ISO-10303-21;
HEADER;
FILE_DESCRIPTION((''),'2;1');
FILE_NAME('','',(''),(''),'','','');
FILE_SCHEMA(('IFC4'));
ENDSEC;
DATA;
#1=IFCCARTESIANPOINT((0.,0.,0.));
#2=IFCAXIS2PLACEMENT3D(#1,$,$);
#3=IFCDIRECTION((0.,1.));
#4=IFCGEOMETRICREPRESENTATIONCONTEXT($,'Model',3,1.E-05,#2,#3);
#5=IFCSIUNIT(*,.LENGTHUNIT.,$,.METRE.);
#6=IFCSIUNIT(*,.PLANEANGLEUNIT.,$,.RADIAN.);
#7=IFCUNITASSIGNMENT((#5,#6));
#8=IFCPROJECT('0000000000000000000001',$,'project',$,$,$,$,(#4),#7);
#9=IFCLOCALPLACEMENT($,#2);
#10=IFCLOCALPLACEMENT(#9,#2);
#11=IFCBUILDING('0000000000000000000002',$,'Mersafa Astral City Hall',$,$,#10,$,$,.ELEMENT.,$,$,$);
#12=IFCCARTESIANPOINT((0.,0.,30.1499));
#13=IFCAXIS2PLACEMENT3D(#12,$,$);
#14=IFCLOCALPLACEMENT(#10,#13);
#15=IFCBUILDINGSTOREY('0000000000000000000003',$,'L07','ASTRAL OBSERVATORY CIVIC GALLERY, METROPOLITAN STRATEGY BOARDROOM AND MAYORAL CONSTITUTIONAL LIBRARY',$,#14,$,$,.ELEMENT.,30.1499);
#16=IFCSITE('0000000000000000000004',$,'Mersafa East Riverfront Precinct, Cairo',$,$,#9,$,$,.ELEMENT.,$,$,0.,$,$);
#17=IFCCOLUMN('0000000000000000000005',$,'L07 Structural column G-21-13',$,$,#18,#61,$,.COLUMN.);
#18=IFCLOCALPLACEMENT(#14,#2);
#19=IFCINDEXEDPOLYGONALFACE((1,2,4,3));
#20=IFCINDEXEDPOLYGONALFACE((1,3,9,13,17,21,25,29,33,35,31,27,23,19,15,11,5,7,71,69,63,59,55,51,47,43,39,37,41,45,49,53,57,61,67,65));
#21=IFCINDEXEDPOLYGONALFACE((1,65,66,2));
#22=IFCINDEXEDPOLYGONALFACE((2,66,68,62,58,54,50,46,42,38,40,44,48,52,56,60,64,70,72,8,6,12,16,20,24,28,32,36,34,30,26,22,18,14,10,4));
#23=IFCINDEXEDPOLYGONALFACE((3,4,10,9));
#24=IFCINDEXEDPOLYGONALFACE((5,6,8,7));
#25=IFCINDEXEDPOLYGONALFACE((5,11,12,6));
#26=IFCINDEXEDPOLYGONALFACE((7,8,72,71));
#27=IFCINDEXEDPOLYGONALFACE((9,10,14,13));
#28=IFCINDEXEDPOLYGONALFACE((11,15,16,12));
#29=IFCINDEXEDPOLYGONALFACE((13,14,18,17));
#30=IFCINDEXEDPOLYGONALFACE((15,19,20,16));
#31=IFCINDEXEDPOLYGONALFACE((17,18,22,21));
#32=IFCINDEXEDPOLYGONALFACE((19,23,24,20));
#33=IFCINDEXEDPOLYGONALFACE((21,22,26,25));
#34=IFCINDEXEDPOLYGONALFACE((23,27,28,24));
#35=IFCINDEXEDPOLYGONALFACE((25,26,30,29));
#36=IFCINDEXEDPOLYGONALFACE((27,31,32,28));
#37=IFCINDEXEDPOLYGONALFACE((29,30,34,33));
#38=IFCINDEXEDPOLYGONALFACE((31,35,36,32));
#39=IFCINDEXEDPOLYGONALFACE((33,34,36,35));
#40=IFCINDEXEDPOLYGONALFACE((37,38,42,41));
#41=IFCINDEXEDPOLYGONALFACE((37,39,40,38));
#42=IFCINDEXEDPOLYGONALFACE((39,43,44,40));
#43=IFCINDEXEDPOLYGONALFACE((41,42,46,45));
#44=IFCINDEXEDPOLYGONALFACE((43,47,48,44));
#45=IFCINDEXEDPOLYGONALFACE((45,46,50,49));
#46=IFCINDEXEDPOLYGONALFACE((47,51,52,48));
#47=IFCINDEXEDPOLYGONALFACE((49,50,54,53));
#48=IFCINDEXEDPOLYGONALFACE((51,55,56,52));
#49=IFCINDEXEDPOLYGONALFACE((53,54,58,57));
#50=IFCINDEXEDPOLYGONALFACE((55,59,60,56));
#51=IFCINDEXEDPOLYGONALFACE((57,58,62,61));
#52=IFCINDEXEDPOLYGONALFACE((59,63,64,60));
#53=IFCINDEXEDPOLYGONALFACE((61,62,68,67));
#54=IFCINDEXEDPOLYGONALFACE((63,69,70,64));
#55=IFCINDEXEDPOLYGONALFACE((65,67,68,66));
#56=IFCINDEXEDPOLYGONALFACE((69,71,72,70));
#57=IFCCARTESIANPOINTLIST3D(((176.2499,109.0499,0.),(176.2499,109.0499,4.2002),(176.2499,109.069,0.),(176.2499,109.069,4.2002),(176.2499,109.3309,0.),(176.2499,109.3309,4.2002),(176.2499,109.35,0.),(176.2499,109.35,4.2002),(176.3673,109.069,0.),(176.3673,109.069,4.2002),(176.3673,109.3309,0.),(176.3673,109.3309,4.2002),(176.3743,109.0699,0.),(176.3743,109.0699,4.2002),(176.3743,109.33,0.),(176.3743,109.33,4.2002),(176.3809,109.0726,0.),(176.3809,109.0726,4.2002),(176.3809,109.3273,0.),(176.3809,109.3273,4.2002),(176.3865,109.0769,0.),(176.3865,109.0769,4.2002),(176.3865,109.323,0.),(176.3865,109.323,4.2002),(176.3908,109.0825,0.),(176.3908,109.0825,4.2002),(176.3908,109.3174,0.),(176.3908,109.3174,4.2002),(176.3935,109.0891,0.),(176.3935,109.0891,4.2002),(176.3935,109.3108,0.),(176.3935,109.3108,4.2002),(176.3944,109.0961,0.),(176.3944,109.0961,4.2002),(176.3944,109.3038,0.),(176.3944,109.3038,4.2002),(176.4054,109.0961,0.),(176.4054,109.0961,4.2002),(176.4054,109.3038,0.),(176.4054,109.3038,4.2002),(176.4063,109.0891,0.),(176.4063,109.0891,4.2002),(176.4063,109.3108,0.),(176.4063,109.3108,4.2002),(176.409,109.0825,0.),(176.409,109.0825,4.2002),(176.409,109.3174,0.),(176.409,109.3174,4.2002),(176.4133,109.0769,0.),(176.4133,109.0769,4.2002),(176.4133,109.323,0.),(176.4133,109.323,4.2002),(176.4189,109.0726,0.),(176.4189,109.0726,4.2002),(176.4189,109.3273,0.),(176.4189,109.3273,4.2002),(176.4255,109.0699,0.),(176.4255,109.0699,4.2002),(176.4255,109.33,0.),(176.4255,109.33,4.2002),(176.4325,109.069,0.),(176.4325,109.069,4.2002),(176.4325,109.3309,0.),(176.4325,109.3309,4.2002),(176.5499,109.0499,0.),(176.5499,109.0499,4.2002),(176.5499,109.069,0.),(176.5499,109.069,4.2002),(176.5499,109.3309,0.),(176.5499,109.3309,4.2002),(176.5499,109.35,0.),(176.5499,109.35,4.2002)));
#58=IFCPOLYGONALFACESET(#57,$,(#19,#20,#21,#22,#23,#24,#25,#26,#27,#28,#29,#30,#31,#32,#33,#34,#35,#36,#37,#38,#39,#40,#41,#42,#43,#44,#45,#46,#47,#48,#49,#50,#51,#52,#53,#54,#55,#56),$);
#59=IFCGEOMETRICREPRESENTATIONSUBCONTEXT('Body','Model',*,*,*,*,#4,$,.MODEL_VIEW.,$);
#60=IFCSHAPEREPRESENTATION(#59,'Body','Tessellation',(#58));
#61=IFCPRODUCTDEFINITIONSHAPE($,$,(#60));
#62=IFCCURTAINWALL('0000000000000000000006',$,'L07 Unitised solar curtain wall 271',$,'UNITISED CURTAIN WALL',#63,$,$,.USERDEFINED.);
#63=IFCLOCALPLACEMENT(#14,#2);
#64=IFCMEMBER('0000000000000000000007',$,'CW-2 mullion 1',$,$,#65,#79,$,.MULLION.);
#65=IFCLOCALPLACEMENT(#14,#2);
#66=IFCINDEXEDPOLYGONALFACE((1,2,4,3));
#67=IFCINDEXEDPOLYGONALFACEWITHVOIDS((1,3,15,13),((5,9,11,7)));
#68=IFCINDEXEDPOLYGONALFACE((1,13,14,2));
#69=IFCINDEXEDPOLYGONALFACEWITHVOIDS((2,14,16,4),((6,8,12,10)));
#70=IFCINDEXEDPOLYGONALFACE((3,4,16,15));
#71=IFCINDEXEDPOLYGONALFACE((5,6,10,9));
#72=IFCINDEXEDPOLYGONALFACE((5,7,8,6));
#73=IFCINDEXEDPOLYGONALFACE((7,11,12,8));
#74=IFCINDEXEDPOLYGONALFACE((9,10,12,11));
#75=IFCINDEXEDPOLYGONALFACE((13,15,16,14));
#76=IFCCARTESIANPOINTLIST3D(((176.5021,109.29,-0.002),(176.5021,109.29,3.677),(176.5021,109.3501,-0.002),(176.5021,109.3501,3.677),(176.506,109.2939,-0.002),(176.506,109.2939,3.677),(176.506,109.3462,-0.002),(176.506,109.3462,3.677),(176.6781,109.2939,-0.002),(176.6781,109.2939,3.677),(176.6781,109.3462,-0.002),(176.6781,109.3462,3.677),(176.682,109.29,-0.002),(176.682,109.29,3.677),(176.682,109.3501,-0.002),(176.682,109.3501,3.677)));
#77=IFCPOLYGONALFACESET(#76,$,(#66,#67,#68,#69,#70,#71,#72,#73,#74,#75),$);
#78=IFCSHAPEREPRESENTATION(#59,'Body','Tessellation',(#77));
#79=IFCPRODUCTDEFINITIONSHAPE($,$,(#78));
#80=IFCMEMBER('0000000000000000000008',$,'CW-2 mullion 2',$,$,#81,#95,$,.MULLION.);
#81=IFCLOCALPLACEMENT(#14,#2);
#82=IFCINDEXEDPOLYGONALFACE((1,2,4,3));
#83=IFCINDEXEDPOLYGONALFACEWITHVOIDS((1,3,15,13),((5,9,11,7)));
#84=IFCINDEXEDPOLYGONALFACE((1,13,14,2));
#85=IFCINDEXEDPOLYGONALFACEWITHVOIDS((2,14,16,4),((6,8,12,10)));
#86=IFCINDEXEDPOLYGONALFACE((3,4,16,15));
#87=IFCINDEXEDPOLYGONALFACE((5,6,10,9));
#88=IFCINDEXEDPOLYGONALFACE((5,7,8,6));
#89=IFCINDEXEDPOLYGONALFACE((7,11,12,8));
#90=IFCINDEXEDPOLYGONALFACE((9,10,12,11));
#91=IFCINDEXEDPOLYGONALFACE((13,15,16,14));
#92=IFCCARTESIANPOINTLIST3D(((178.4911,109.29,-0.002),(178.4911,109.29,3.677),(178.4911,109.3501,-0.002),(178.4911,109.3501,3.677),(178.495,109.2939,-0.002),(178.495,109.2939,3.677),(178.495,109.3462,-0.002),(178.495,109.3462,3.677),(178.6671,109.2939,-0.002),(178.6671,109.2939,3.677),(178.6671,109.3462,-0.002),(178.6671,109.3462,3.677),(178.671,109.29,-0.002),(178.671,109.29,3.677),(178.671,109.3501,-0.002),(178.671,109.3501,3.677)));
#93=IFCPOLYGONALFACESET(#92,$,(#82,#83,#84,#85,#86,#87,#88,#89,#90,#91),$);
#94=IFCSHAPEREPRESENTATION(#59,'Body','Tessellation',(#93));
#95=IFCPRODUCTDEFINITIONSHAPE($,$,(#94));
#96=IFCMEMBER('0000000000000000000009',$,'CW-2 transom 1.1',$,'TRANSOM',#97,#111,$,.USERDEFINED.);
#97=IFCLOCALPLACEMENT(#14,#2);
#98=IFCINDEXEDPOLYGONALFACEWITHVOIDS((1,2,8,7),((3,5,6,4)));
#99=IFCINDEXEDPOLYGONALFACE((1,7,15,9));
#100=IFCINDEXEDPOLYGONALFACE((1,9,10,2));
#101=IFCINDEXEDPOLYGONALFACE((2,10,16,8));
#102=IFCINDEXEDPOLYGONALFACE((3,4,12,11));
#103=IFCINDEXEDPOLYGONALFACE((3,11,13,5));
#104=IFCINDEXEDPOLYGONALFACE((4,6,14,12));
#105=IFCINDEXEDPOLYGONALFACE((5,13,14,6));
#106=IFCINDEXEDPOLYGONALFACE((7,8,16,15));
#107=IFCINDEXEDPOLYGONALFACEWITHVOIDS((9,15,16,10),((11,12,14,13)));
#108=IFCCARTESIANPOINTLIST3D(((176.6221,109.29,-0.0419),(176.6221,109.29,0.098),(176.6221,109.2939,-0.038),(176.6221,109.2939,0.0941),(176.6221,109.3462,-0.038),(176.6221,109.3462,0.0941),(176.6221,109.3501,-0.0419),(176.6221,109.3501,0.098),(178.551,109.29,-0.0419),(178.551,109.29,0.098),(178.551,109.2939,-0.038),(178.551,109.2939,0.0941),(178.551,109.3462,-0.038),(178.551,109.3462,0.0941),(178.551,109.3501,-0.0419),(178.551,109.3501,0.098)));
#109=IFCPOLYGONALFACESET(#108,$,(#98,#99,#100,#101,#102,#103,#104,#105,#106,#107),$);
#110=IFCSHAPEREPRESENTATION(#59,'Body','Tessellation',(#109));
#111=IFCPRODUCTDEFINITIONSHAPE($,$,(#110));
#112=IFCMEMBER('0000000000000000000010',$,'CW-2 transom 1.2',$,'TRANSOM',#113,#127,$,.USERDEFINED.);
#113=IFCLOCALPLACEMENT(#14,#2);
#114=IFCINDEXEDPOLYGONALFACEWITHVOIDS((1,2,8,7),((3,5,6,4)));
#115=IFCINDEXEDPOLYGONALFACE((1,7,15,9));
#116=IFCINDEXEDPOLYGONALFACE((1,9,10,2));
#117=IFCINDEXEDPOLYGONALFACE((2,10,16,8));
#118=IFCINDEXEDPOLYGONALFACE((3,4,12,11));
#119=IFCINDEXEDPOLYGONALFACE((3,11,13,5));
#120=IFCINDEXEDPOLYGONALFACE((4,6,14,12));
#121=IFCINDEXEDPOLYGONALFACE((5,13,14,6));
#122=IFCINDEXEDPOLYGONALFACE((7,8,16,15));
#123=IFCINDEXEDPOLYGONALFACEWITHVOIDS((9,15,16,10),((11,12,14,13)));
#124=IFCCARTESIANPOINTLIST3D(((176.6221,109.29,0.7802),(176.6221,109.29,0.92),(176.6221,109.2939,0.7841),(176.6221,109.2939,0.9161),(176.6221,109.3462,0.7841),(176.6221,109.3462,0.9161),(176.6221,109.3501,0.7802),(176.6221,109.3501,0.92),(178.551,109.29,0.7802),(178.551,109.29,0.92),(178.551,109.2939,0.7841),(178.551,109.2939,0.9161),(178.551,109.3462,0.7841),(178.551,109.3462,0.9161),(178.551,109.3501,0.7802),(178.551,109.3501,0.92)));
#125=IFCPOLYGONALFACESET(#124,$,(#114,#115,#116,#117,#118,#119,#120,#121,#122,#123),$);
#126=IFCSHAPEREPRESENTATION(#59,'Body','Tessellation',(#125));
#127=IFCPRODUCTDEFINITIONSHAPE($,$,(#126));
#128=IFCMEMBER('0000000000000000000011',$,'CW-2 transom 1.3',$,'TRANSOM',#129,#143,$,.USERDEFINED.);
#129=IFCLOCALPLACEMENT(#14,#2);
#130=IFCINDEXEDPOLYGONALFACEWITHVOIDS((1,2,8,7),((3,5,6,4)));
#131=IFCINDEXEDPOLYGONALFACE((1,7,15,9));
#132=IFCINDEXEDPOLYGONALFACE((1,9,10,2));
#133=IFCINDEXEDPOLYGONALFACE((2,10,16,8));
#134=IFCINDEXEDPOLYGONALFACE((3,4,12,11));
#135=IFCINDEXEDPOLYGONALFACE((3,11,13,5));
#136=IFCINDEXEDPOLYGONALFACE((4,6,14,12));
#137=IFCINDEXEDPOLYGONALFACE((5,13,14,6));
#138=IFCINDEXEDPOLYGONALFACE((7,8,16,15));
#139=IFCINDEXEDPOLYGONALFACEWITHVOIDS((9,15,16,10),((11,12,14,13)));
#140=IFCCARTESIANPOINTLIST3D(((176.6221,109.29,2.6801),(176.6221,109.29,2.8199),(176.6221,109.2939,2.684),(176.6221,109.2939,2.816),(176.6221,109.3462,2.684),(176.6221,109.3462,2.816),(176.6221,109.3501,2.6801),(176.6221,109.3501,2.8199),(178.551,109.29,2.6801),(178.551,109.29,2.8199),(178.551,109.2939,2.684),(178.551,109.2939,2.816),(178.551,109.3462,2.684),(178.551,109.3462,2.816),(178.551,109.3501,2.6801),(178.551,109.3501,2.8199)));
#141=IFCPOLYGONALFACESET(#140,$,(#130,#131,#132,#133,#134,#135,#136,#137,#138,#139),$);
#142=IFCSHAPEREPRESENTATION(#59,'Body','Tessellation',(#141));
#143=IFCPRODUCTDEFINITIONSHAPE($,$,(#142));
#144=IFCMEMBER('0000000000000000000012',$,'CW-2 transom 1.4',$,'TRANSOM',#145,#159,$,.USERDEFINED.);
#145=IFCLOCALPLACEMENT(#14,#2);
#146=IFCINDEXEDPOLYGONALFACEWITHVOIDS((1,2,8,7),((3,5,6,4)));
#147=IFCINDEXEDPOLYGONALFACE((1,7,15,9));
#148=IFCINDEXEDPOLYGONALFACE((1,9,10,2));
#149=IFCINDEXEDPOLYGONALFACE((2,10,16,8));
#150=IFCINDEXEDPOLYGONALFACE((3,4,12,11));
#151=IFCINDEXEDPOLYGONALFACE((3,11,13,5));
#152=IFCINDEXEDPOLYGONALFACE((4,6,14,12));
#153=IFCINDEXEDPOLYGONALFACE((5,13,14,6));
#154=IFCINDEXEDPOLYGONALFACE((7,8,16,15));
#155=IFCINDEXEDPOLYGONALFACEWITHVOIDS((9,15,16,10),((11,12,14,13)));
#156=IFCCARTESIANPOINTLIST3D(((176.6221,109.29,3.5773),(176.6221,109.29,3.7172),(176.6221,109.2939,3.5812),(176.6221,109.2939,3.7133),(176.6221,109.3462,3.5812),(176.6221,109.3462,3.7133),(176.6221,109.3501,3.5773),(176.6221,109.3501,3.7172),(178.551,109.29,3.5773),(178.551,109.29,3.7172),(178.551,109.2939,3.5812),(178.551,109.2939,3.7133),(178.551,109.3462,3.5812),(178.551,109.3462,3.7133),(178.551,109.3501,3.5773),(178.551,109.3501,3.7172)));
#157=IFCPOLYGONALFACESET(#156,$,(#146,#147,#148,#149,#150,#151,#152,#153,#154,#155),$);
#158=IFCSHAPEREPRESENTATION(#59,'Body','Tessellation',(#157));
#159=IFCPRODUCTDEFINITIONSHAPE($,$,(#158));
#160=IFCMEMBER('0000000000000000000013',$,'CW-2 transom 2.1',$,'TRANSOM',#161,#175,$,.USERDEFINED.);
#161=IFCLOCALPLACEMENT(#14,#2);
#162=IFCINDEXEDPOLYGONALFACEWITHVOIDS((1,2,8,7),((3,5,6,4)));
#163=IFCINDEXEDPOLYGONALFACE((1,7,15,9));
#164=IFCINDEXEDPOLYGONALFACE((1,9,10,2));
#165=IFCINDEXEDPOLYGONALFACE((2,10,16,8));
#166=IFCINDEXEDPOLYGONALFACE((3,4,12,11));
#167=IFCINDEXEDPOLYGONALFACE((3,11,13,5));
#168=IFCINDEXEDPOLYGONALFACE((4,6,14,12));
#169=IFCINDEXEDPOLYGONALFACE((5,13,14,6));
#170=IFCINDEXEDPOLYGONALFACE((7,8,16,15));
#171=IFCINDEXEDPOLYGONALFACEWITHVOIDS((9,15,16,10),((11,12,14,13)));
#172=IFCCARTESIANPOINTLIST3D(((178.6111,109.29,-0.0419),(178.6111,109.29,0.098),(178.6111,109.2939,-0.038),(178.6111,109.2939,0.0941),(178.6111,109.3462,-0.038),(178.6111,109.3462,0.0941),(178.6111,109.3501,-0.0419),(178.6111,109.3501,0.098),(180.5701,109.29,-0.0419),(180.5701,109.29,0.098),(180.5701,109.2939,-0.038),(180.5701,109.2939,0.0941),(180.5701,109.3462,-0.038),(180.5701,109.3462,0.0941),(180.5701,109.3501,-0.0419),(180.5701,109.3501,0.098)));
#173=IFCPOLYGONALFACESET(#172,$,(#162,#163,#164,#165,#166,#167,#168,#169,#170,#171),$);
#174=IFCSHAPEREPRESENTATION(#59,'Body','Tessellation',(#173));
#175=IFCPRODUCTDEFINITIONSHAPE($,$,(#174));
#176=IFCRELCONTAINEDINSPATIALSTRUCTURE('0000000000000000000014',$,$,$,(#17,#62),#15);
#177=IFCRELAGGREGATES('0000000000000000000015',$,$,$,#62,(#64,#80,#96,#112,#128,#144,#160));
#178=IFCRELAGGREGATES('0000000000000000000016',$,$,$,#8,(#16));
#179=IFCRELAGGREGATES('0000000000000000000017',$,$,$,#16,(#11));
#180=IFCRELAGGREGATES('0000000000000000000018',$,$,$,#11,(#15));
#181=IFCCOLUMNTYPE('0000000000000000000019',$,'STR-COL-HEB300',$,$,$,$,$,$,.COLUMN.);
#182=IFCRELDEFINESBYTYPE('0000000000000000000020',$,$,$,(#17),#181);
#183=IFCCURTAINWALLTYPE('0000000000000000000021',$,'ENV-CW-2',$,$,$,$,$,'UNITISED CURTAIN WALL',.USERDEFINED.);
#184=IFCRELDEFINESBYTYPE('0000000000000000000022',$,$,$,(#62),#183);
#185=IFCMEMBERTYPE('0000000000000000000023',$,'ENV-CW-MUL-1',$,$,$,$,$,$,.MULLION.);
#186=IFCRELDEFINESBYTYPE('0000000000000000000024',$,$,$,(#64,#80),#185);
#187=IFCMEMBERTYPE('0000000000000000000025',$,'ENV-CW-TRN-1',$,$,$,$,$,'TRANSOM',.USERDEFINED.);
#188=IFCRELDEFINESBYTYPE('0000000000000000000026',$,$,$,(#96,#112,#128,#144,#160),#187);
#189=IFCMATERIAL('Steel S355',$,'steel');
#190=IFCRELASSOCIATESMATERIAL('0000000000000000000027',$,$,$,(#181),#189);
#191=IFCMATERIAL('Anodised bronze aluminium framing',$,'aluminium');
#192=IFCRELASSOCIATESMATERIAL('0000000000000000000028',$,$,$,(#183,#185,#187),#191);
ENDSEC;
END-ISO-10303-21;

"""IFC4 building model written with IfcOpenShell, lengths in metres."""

from ifc_helpers import new_model, si_unit, direction, frame, origin, origin_2d, place, context, subcontext, project, spatial, hollow_rectangle, i_section, extrude, material, material_profile, profile_set, type_object, element, aggregate, save


model = new_model("IFC4")

# Units and contexts
model_context = context("Model", 3, precision=1e-05, world=origin(), true_north=direction((0.0, 1.0)))
body_context = subcontext(model_context, "Body", "Model", "MODEL_VIEW")
ifc_project = project(units=[si_unit("LENGTHUNIT", "METRE"), si_unit("PLANEANGLEUNIT", "RADIAN")], contexts=[model_context])

# Site, building, storey
site_placement = place(None, origin())
site = spatial("IfcSite", under=ifc_project, at=site_placement, Name="Mersafa East Riverfront Precinct, Cairo", CompositionType="ELEMENT", RefElevation=0.0)
building_placement = place(site_placement, origin())
building = spatial("IfcBuilding", under=site, at=building_placement, Name="Mersafa Astral City Hall", CompositionType="ELEMENT")
storey_placement = place(building_placement, frame((0.0, 0.0, 30.1499)))
storey = spatial("IfcBuildingStorey", under=building, at=storey_placement, Name="L07", Description="ASTRAL OBSERVATORY CIVIC GALLERY, METROPOLITAN STRATEGY BOARDROOM AND MAYORAL CONSTITUTIONAL LIBRARY", CompositionType="ELEMENT", Elevation=30.1499)

# Column
ifc_material_1 = material(Name="Steel S355", Category="steel")
ifc_material_profile_1 = material_profile(ifc_material_1, i_section(OverallWidth=0.3, OverallDepth=0.3, WebThickness=0.011, FlangeThickness=0.019, FilletRadius=0.0271, at=origin_2d()), Name="HEB 300")
ifc_profile_set_1 = profile_set([ifc_material_profile_1], Name="Steel S355")
column_type = type_object("IfcColumnType", Name="STR-COL-HEB300", PredefinedType="COLUMN", material=ifc_profile_set_1)
column_placement = place(storey_placement, frame((176.3999, 109.2, 0.0), z_axis=(0.0, 0.0, 1.0), x_axis=(1.0, 0.0, 0.0)))
element("IfcColumn", 1, at=column_placement, inside=storey, type_object=column_type, Name="L07 Structural column G-21-13", PredefinedType="COLUMN", context=body_context, shape_type="SweptSolid", body=[
    extrude(i_section(OverallWidth=0.3, OverallDepth=0.3, WebThickness=0.011, FlangeThickness=0.019, FilletRadius=0.0271, at=origin_2d()), origin(), (0.0, 0.0, 1.0), 4.2002),
])

# Curtain wall, members
ifc_material_2 = material(Name="Anodised bronze aluminium framing", Category="aluminium")
curtain_wall_type = type_object("IfcCurtainWallType", Name="ENV-CW-2", ElementType="UNITISED CURTAIN WALL", PredefinedType="USERDEFINED", material=ifc_material_2)
curtain_wall_placement = place(storey_placement, origin())
curtain_wall = element("IfcCurtainWall", 2, at=curtain_wall_placement, inside=storey, type_object=curtain_wall_type, Name="L07 Unitised solar curtain wall 271", ObjectType="UNITISED CURTAIN WALL", PredefinedType="USERDEFINED")
ifc_material_profile_2 = material_profile(ifc_material_2, hollow_rectangle(XDim=0.0601, YDim=0.1799, WallThickness=0.0039, at=origin_2d()), Name="RHS 60x180x4")
ifc_profile_set_2 = profile_set([ifc_material_profile_2], Name="Anodised bronze aluminium framing")
member_type_1 = type_object("IfcMemberType", Name="ENV-CW-MUL-1", PredefinedType="MULLION", material=ifc_profile_set_2)
member_1_placement = place(storey_placement, frame((176.592, 109.3201, -0.002), z_axis=(0.0, 0.0, 1.0), x_axis=(0.0, 1.0, 0.0)))
member_1 = element("IfcMember", 3, at=member_1_placement, type_object=member_type_1, Name="CW-2 mullion 1", PredefinedType="MULLION", context=body_context, shape_type="SweptSolid", body=[
    extrude(hollow_rectangle(XDim=0.0601, YDim=0.1799, WallThickness=0.0039, at=origin_2d()), origin(), (0.0, 0.0, 1.0), 3.679),
])
member_2_placement = place(storey_placement, frame((178.5811, 109.3201, -0.002), z_axis=(0.0, 0.0, 1.0), x_axis=(0.0, 1.0, 0.0)))
member_2 = element("IfcMember", 4, at=member_2_placement, type_object=member_type_1, Name="CW-2 mullion 2", PredefinedType="MULLION", context=body_context, shape_type="SweptSolid", body=[
    extrude(hollow_rectangle(XDim=0.0601, YDim=0.1799, WallThickness=0.0039, at=origin_2d()), origin(), (0.0, 0.0, 1.0), 3.679),
])
ifc_material_profile_3 = material_profile(ifc_material_2, hollow_rectangle(XDim=0.0601, YDim=0.1399, WallThickness=0.0039, at=origin_2d()), Name="RHS 60x140x4")
ifc_profile_set_3 = profile_set([ifc_material_profile_3], Name="Anodised bronze aluminium framing")
member_type_2 = type_object("IfcMemberType", Name="ENV-CW-TRN-1", ElementType="TRANSOM", PredefinedType="USERDEFINED", material=ifc_profile_set_3)
member_3_placement = place(storey_placement, frame((176.6221, 109.3201, 0.0281), z_axis=(1.0, 0.0, 0.0), x_axis=(0.0, 1.0, 0.0)))
member_3 = element("IfcMember", 5, at=member_3_placement, type_object=member_type_2, Name="CW-2 transom 1.1", ObjectType="TRANSOM", PredefinedType="USERDEFINED", context=body_context, shape_type="SweptSolid", body=[
    extrude(hollow_rectangle(XDim=0.0601, YDim=0.1399, WallThickness=0.0039, at=origin_2d()), origin(), (0.0, 0.0, 1.0), 1.929),
])
member_4_placement = place(storey_placement, frame((176.6221, 109.3201, 0.8501), z_axis=(1.0, 0.0, 0.0), x_axis=(0.0, 1.0, 0.0)))
member_4 = element("IfcMember", 6, at=member_4_placement, type_object=member_type_2, Name="CW-2 transom 1.2", ObjectType="TRANSOM", PredefinedType="USERDEFINED", context=body_context, shape_type="SweptSolid", body=[
    extrude(hollow_rectangle(XDim=0.0601, YDim=0.1399, WallThickness=0.0039, at=origin_2d()), origin(), (0.0, 0.0, 1.0), 1.929),
])
member_5_placement = place(storey_placement, frame((176.6221, 109.3201, 2.75), z_axis=(1.0, 0.0, 0.0), x_axis=(0.0, 1.0, 0.0)))
member_5 = element("IfcMember", 7, at=member_5_placement, type_object=member_type_2, Name="CW-2 transom 1.3", ObjectType="TRANSOM", PredefinedType="USERDEFINED", context=body_context, shape_type="SweptSolid", body=[
    extrude(hollow_rectangle(XDim=0.0601, YDim=0.1399, WallThickness=0.0039, at=origin_2d()), origin(), (0.0, 0.0, 1.0), 1.929),
])
member_6_placement = place(storey_placement, frame((176.6221, 109.3201, 3.6472), z_axis=(1.0, 0.0, 0.0), x_axis=(0.0, 1.0, 0.0)))
member_6 = element("IfcMember", 8, at=member_6_placement, type_object=member_type_2, Name="CW-2 transom 1.4", ObjectType="TRANSOM", PredefinedType="USERDEFINED", context=body_context, shape_type="SweptSolid", body=[
    extrude(hollow_rectangle(XDim=0.0601, YDim=0.1399, WallThickness=0.0039, at=origin_2d()), origin(), (0.0, 0.0, 1.0), 1.929),
])
member_7_placement = place(storey_placement, frame((178.6111, 109.3201, 0.0281), z_axis=(1.0, 0.0, 0.0), x_axis=(0.0, 1.0, 0.0)))
member_7 = element("IfcMember", 9, at=member_7_placement, type_object=member_type_2, Name="CW-2 transom 2.1", ObjectType="TRANSOM", PredefinedType="USERDEFINED", context=body_context, shape_type="SweptSolid", body=[
    extrude(hollow_rectangle(XDim=0.0601, YDim=0.1399, WallThickness=0.0039, at=origin_2d()), origin(), (0.0, 0.0, 1.0), 1.959),
])

aggregate(curtain_wall, [member_1, member_2, member_3, member_4, member_5, member_6, member_7])

save(model, "model.ifc")
